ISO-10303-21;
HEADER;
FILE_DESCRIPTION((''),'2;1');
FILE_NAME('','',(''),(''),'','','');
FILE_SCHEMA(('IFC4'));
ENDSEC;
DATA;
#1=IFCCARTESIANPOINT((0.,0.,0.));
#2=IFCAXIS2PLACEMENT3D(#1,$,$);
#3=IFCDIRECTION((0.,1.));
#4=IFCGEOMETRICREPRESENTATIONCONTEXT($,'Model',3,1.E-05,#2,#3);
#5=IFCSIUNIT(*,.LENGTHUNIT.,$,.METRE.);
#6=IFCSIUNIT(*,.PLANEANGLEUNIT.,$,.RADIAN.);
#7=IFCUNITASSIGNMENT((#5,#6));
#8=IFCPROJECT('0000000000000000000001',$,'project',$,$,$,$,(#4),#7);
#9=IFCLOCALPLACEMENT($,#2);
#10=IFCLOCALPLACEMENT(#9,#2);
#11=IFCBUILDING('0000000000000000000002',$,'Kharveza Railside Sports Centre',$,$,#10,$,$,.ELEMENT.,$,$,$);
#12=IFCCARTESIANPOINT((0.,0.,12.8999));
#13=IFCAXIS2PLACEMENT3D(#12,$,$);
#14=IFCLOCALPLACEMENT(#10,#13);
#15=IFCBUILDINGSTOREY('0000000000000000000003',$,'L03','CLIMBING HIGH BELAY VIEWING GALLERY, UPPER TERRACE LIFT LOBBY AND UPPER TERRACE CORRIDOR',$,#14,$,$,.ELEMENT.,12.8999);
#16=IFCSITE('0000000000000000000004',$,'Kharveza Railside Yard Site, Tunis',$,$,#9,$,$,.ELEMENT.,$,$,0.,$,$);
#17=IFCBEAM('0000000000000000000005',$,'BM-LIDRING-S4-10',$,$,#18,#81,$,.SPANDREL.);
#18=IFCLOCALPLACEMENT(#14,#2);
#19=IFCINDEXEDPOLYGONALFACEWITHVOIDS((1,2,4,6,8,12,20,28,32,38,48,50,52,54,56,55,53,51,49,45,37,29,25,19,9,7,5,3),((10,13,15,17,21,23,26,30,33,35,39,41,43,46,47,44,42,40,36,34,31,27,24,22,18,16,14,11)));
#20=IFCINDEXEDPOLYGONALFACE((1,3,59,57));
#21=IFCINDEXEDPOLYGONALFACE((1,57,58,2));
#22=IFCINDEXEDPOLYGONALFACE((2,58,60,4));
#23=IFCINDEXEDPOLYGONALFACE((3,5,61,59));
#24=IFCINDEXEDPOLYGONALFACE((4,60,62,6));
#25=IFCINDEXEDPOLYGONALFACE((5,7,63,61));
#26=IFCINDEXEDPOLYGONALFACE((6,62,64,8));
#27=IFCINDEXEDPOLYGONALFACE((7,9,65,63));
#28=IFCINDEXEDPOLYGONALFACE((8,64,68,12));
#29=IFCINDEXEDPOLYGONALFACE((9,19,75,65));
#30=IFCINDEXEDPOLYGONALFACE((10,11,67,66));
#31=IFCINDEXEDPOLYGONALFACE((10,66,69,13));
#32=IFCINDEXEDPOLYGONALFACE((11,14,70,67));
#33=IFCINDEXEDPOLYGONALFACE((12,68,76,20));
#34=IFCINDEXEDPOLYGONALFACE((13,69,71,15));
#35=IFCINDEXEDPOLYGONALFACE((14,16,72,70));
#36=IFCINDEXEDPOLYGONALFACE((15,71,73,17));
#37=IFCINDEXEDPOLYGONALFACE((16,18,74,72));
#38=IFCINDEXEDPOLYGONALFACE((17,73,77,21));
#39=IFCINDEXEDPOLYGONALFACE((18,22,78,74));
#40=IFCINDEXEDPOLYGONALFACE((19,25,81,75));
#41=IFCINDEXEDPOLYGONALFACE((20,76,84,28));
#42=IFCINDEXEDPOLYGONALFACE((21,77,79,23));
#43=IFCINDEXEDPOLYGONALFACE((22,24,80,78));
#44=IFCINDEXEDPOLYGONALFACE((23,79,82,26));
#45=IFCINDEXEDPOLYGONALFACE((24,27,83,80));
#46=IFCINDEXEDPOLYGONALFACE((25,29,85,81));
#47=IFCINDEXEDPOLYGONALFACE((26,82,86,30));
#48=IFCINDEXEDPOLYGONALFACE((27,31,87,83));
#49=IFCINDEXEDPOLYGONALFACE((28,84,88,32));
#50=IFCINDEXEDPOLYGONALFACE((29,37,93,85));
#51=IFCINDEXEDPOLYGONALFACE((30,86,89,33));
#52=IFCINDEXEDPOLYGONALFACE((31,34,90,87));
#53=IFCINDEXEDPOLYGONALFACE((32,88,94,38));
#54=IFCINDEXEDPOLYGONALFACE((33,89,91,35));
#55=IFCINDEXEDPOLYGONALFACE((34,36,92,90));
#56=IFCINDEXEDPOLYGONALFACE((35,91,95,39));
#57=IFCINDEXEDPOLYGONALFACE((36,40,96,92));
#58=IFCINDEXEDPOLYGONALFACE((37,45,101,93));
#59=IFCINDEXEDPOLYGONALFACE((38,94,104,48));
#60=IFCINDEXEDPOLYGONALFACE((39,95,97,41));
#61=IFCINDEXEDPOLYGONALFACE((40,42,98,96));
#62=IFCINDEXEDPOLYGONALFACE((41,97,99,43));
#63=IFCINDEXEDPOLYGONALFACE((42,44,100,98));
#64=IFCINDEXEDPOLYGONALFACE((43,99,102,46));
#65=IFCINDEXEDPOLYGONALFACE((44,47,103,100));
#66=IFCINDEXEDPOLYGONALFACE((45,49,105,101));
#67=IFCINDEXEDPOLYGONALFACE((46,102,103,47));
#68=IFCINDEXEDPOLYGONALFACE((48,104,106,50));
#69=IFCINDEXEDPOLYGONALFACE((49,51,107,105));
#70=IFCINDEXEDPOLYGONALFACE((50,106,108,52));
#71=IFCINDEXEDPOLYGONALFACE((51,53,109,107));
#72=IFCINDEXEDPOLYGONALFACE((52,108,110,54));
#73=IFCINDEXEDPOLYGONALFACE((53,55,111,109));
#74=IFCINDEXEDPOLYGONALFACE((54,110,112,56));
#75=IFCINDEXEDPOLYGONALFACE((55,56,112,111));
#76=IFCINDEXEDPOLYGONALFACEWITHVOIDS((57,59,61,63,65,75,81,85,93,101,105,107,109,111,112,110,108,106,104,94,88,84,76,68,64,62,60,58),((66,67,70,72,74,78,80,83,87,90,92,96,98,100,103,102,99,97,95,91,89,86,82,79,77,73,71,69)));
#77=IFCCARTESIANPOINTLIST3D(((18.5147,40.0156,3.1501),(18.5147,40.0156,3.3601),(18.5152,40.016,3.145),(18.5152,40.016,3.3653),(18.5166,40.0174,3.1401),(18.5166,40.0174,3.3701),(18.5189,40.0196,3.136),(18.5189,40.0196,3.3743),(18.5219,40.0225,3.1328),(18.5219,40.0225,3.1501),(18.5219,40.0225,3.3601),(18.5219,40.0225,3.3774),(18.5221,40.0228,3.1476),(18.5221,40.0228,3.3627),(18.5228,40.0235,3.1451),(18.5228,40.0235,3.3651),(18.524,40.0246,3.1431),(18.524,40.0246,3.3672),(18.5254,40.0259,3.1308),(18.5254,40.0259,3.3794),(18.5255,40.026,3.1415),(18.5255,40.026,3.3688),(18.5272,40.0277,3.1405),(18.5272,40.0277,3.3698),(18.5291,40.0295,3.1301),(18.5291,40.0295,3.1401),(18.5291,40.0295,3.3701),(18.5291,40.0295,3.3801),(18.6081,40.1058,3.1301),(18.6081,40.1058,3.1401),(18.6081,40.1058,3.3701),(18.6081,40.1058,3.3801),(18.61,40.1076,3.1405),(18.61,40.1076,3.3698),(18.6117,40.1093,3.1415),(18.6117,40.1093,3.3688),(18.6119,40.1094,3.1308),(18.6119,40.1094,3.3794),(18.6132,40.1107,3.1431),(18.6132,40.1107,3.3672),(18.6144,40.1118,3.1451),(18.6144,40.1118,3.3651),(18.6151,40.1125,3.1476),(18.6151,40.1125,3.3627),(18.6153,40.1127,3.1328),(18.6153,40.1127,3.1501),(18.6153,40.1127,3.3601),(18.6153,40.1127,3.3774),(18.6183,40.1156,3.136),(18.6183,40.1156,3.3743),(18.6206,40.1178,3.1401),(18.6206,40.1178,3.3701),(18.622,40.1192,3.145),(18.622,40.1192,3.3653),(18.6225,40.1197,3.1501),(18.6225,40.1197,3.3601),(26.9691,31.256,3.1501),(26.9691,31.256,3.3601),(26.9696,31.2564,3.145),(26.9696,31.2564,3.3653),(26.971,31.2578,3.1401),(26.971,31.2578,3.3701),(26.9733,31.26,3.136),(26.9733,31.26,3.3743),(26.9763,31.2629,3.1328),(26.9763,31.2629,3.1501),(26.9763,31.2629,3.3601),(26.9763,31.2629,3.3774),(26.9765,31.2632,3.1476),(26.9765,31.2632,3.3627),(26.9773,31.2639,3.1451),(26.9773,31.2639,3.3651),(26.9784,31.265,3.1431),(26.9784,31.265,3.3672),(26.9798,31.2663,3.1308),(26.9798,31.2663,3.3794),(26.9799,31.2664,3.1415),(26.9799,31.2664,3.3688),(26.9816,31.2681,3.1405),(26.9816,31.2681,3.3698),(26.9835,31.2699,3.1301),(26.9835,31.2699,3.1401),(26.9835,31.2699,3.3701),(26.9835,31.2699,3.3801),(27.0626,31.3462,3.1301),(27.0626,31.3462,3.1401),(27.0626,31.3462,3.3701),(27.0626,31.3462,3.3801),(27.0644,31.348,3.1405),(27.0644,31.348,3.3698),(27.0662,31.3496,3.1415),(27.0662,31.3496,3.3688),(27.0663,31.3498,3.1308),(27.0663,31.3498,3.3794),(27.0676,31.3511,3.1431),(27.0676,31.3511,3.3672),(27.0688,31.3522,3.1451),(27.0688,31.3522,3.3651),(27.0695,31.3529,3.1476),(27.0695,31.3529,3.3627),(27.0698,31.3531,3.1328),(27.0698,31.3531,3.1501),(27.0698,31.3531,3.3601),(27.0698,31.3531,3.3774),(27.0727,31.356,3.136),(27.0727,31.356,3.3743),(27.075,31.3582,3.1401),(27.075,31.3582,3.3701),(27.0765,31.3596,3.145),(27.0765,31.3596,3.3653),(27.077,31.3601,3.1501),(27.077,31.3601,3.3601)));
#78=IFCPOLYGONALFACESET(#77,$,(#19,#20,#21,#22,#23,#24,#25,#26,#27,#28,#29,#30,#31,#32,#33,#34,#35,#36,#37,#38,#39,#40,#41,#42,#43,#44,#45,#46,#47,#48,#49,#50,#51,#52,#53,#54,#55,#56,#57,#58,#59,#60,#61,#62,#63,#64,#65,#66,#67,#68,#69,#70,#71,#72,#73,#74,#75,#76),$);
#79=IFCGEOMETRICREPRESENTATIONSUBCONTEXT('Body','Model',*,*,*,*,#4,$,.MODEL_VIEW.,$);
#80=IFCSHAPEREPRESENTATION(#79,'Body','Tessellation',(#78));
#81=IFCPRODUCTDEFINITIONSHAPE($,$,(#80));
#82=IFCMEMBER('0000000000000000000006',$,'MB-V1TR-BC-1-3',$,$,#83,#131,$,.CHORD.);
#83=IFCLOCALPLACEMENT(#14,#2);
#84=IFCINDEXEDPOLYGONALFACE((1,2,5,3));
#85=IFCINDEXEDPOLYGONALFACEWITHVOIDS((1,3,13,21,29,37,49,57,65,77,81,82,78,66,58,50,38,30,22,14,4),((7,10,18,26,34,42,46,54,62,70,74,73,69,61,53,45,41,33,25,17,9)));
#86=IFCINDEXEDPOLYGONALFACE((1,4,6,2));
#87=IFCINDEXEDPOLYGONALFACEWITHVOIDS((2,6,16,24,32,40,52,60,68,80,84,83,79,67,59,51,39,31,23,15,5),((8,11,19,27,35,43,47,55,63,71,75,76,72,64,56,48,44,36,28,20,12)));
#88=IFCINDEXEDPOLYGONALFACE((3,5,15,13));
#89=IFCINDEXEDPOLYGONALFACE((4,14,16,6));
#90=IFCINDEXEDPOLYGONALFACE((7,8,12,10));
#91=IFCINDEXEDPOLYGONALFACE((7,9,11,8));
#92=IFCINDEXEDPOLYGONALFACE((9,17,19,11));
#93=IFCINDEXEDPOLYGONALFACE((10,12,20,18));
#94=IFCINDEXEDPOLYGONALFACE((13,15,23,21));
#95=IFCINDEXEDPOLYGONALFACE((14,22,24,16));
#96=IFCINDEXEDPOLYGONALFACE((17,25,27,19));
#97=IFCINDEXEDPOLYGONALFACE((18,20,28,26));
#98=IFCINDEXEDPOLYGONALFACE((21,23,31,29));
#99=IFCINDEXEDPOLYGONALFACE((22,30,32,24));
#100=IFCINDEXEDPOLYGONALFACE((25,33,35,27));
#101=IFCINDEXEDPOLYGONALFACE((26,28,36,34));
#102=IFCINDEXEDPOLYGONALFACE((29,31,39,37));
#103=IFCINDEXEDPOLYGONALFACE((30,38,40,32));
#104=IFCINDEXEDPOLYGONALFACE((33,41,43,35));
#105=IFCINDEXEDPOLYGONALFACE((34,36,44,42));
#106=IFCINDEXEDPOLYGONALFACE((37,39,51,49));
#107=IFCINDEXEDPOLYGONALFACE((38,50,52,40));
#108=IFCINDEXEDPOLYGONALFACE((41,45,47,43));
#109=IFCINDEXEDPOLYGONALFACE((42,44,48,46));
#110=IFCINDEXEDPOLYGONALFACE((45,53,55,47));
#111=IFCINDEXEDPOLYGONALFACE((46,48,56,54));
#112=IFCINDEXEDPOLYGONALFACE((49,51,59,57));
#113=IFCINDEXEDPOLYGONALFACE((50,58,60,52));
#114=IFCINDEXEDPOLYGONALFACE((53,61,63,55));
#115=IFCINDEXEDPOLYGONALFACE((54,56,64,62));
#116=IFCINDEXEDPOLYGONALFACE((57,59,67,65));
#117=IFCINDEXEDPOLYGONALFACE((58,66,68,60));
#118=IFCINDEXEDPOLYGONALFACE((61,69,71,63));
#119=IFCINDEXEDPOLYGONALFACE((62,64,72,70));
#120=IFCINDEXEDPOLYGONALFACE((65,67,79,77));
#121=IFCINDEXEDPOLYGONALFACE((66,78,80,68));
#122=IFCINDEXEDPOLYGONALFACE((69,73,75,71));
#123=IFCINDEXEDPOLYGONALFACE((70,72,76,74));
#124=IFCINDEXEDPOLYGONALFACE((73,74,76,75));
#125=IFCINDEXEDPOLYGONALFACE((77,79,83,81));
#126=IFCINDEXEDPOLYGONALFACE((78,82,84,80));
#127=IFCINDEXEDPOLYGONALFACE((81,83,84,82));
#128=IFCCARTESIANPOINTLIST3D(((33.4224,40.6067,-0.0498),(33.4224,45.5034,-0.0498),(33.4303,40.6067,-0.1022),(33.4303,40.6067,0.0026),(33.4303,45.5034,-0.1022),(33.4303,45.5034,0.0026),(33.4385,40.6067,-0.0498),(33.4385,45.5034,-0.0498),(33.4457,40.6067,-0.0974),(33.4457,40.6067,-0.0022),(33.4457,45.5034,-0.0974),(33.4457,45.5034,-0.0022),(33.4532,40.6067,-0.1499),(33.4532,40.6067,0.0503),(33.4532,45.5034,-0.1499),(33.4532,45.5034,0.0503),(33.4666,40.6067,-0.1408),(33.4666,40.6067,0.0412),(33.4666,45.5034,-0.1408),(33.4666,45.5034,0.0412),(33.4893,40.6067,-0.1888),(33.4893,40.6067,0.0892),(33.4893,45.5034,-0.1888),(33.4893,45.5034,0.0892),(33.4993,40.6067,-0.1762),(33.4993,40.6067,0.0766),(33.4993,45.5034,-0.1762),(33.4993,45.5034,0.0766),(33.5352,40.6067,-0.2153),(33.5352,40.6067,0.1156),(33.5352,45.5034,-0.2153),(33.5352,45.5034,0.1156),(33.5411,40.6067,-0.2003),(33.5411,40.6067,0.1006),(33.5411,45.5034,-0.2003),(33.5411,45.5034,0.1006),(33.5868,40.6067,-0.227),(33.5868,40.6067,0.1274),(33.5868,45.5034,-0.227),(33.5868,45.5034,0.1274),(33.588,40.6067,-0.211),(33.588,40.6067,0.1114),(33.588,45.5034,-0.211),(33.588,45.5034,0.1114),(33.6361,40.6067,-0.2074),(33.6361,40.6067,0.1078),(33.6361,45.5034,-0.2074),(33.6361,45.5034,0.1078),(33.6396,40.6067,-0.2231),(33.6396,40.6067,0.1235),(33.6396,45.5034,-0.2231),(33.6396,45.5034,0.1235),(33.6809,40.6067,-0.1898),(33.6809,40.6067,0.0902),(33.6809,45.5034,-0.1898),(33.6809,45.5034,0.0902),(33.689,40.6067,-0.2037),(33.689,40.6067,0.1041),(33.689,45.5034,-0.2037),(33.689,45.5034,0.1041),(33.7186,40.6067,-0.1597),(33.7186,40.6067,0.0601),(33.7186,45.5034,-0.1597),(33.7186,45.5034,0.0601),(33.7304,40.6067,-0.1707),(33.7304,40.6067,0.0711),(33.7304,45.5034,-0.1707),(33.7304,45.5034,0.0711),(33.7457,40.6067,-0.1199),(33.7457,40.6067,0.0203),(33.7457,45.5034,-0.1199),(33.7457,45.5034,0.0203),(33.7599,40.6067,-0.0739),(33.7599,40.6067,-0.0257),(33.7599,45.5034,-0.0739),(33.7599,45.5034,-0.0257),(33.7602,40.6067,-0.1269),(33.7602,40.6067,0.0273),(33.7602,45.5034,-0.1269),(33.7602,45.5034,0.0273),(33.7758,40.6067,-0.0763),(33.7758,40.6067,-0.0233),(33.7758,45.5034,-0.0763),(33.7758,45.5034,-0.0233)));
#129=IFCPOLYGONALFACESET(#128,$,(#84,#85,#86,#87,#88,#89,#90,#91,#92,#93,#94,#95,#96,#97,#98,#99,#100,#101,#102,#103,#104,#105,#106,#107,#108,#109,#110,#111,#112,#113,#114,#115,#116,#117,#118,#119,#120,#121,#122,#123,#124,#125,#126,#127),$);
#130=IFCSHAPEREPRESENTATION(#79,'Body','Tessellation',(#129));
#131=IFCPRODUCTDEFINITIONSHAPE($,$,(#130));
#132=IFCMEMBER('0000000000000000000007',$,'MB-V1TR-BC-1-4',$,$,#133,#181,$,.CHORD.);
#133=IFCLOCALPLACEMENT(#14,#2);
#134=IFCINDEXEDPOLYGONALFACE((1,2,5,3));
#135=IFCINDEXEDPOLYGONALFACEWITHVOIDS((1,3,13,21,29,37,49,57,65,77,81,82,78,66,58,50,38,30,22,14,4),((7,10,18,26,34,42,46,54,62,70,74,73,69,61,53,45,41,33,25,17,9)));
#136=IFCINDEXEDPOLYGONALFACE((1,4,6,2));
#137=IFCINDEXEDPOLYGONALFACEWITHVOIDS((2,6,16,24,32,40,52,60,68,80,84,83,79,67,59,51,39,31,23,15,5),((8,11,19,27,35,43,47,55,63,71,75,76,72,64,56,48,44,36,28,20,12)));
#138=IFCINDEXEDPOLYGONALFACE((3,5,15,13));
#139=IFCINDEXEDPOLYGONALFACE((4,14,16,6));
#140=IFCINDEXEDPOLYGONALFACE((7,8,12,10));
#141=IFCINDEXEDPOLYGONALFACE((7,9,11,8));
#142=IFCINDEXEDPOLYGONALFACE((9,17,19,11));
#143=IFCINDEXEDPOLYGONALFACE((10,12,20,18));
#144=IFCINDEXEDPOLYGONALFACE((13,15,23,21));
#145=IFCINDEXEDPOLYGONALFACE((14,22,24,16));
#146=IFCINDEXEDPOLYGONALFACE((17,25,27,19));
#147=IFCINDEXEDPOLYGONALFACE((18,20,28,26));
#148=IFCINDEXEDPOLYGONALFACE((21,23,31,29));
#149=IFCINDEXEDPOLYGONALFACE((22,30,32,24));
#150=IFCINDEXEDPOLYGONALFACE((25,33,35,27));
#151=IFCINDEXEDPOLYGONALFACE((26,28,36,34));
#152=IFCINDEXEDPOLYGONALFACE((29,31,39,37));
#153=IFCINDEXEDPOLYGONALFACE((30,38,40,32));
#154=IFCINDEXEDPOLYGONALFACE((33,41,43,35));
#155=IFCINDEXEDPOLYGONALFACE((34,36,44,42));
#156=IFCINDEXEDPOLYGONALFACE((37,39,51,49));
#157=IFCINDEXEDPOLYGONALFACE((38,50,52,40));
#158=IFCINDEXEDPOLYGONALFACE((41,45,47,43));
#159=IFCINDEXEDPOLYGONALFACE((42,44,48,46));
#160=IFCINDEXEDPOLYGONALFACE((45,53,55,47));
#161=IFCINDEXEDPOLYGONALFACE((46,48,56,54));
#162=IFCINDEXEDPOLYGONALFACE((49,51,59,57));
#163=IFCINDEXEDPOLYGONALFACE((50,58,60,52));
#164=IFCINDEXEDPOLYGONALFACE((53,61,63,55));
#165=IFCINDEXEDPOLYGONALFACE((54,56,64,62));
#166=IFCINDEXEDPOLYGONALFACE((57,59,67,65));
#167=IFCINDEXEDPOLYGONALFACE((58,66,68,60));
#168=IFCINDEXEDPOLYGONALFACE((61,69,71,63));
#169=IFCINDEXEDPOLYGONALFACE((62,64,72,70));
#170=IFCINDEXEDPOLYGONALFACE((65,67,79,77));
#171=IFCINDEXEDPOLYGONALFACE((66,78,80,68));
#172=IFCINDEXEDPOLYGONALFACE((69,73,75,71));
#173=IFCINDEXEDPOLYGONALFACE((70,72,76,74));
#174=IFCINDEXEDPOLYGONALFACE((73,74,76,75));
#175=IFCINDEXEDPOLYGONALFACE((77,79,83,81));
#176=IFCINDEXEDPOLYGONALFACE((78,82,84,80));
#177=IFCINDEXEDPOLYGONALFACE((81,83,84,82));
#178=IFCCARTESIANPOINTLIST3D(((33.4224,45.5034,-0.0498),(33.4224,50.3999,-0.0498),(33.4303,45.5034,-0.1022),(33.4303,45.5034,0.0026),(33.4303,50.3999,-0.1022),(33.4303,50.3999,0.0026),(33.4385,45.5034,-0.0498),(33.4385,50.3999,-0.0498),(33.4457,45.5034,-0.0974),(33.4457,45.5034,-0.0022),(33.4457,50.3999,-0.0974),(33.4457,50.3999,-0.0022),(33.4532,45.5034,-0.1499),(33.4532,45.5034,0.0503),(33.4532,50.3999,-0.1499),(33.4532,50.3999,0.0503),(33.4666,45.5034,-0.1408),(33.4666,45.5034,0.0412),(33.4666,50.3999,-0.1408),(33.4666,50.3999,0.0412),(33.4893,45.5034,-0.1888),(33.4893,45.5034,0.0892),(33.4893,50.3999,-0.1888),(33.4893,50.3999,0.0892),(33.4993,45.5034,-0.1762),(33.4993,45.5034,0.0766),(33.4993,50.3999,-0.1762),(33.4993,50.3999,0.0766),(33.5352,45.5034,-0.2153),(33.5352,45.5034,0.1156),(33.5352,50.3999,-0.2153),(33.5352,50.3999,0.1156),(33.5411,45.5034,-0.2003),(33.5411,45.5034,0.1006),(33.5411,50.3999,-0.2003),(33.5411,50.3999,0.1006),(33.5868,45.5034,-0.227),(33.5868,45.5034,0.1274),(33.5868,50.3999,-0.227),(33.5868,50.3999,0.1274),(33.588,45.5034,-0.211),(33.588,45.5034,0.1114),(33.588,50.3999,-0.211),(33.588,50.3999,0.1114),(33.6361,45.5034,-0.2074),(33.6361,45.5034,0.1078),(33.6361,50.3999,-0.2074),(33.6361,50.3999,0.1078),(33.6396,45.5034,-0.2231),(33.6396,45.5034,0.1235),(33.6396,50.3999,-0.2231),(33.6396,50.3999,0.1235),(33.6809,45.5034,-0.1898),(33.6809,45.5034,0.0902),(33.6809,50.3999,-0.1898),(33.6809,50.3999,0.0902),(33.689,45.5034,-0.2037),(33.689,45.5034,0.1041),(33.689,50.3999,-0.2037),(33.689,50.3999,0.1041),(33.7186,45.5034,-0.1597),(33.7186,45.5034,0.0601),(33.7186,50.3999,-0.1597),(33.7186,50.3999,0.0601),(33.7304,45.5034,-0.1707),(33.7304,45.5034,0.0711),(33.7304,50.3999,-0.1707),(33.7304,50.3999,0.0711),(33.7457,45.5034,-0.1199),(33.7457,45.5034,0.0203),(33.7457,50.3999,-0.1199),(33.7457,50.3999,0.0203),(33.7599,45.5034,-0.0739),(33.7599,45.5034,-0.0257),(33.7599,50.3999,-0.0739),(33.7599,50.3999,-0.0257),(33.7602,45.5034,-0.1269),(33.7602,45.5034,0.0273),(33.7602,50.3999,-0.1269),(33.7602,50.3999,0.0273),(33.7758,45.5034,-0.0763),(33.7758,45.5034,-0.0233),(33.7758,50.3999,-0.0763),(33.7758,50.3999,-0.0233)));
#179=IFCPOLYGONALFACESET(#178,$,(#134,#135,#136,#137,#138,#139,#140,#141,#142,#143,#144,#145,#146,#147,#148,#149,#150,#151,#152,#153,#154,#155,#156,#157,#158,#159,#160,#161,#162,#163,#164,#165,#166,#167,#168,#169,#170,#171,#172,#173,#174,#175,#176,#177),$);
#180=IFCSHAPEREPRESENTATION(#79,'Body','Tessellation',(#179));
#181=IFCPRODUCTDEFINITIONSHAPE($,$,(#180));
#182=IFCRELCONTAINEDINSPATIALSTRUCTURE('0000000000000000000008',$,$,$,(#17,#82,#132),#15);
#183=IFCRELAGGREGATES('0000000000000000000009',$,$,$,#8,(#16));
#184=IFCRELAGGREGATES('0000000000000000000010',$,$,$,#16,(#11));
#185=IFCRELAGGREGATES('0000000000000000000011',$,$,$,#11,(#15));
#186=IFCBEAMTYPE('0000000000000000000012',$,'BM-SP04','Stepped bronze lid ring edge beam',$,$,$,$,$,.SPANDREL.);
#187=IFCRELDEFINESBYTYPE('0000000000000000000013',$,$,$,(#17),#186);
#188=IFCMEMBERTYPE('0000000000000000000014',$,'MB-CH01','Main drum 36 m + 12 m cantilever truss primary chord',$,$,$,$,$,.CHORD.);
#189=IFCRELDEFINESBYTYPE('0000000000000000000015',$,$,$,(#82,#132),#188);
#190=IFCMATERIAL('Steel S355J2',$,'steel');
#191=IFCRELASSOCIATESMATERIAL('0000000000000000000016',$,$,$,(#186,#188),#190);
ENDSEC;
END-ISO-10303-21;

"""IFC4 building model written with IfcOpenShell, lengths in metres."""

from ifc_helpers import new_model, si_unit, direction, frame, origin, origin_2d, place, context, subcontext, project, spatial, hollow_rectangle, hollow_circle, extrude, material, material_profile, profile_set, type_object, element, save


model = new_model("IFC4")

# Units and contexts
model_context = context("Model", 3, precision=1e-05, world=origin(), true_north=direction((0.0, 1.0)))
body_context = subcontext(model_context, "Body", "Model", "MODEL_VIEW")
ifc_project = project(units=[si_unit("LENGTHUNIT", "METRE"), si_unit("PLANEANGLEUNIT", "RADIAN")], contexts=[model_context])

# Site, building, storey
site_placement = place(None, origin())
site = spatial("IfcSite", under=ifc_project, at=site_placement, Name="Kharveza Railside Yard Site, Tunis", CompositionType="ELEMENT", RefElevation=0.0)
building_placement = place(site_placement, origin())
building = spatial("IfcBuilding", under=site, at=building_placement, Name="Kharveza Railside Sports Centre", CompositionType="ELEMENT")
storey_placement = place(building_placement, frame((0.0, 0.0, 12.8999)))
storey = spatial("IfcBuildingStorey", under=building, at=storey_placement, Name="L03", Description="CLIMBING HIGH BELAY VIEWING GALLERY, UPPER TERRACE LIFT LOBBY AND UPPER TERRACE CORRIDOR", CompositionType="ELEMENT", Elevation=12.8999)

# Beam
ifc_material_1 = material(Name="Steel S355J2", Category="steel")
ifc_material_profile_1 = material_profile(ifc_material_1, hollow_rectangle(XDim=0.1499, YDim=0.25, WallThickness=0.01, InnerFilletRadius=0.01, OuterFilletRadius=0.02, at=origin_2d()), Name="RHS 150x250x10.0")
ifc_profile_set_1 = profile_set([ifc_material_profile_1], Name="Steel S355J2")
beam_type = type_object("IfcBeamType", Name="BM-SP04", Description="Stepped bronze lid ring edge beam", PredefinedType="SPANDREL", material=ifc_profile_set_1)
beam_placement = place(storey_placement, frame((18.5686, 40.0676, 3.2551), z_axis=(0.694462, -0.71953, 0.0), x_axis=(0.71953, 0.694462, 0.0)))
element("IfcBeam", 1, at=beam_placement, inside=storey, type_object=beam_type, Name="BM-LIDRING-S4-10", PredefinedType="SPANDREL", context=body_context, shape_type="SweptSolid", body=[
    extrude(hollow_rectangle(XDim=0.1499, YDim=0.25, WallThickness=0.01, InnerFilletRadius=0.01, OuterFilletRadius=0.02, at=origin_2d()), origin(), (0.0, 0.0, 1.0), 12.1741),
])

# Members
ifc_material_profile_2 = material_profile(ifc_material_1, hollow_circle(Radius=0.1777, WallThickness=0.0161, at=origin_2d()), Name="CHS 355.6x16.0")
ifc_profile_set_2 = profile_set([ifc_material_profile_2], Name="Steel S355J2")
member_type_1 = type_object("IfcMemberType", Name="MB-CH01", Description="Main drum 36 m + 12 m cantilever truss primary chord", PredefinedType="CHORD", material=ifc_profile_set_2)
member_1_placement = place(storey_placement, frame((33.6001, 40.6067, -0.0498), z_axis=(0.0, 1.0, 0.0), x_axis=(-1.0, 0.0, 0.0)))
element("IfcMember", 2, at=member_1_placement, inside=storey, type_object=member_type_1, Name="MB-V1TR-BC-1-3", PredefinedType="CHORD", context=body_context, shape_type="SweptSolid", body=[
    extrude(hollow_circle(Radius=0.1777, WallThickness=0.0161, at=origin_2d()), origin(), (0.0, 0.0, 1.0), 4.8967),
])
member_2_placement = place(storey_placement, frame((33.6001, 45.5034, -0.0498), z_axis=(0.0, 1.0, 0.0), x_axis=(-1.0, 0.0, 0.0)))
element("IfcMember", 3, at=member_2_placement, inside=storey, type_object=member_type_1, Name="MB-V1TR-BC-1-4", PredefinedType="CHORD", context=body_context, shape_type="SweptSolid", body=[
    extrude(hollow_circle(Radius=0.1777, WallThickness=0.0161, at=origin_2d()), origin(), (0.0, 0.0, 1.0), 4.8965),
])

save(model, "model.ifc")
